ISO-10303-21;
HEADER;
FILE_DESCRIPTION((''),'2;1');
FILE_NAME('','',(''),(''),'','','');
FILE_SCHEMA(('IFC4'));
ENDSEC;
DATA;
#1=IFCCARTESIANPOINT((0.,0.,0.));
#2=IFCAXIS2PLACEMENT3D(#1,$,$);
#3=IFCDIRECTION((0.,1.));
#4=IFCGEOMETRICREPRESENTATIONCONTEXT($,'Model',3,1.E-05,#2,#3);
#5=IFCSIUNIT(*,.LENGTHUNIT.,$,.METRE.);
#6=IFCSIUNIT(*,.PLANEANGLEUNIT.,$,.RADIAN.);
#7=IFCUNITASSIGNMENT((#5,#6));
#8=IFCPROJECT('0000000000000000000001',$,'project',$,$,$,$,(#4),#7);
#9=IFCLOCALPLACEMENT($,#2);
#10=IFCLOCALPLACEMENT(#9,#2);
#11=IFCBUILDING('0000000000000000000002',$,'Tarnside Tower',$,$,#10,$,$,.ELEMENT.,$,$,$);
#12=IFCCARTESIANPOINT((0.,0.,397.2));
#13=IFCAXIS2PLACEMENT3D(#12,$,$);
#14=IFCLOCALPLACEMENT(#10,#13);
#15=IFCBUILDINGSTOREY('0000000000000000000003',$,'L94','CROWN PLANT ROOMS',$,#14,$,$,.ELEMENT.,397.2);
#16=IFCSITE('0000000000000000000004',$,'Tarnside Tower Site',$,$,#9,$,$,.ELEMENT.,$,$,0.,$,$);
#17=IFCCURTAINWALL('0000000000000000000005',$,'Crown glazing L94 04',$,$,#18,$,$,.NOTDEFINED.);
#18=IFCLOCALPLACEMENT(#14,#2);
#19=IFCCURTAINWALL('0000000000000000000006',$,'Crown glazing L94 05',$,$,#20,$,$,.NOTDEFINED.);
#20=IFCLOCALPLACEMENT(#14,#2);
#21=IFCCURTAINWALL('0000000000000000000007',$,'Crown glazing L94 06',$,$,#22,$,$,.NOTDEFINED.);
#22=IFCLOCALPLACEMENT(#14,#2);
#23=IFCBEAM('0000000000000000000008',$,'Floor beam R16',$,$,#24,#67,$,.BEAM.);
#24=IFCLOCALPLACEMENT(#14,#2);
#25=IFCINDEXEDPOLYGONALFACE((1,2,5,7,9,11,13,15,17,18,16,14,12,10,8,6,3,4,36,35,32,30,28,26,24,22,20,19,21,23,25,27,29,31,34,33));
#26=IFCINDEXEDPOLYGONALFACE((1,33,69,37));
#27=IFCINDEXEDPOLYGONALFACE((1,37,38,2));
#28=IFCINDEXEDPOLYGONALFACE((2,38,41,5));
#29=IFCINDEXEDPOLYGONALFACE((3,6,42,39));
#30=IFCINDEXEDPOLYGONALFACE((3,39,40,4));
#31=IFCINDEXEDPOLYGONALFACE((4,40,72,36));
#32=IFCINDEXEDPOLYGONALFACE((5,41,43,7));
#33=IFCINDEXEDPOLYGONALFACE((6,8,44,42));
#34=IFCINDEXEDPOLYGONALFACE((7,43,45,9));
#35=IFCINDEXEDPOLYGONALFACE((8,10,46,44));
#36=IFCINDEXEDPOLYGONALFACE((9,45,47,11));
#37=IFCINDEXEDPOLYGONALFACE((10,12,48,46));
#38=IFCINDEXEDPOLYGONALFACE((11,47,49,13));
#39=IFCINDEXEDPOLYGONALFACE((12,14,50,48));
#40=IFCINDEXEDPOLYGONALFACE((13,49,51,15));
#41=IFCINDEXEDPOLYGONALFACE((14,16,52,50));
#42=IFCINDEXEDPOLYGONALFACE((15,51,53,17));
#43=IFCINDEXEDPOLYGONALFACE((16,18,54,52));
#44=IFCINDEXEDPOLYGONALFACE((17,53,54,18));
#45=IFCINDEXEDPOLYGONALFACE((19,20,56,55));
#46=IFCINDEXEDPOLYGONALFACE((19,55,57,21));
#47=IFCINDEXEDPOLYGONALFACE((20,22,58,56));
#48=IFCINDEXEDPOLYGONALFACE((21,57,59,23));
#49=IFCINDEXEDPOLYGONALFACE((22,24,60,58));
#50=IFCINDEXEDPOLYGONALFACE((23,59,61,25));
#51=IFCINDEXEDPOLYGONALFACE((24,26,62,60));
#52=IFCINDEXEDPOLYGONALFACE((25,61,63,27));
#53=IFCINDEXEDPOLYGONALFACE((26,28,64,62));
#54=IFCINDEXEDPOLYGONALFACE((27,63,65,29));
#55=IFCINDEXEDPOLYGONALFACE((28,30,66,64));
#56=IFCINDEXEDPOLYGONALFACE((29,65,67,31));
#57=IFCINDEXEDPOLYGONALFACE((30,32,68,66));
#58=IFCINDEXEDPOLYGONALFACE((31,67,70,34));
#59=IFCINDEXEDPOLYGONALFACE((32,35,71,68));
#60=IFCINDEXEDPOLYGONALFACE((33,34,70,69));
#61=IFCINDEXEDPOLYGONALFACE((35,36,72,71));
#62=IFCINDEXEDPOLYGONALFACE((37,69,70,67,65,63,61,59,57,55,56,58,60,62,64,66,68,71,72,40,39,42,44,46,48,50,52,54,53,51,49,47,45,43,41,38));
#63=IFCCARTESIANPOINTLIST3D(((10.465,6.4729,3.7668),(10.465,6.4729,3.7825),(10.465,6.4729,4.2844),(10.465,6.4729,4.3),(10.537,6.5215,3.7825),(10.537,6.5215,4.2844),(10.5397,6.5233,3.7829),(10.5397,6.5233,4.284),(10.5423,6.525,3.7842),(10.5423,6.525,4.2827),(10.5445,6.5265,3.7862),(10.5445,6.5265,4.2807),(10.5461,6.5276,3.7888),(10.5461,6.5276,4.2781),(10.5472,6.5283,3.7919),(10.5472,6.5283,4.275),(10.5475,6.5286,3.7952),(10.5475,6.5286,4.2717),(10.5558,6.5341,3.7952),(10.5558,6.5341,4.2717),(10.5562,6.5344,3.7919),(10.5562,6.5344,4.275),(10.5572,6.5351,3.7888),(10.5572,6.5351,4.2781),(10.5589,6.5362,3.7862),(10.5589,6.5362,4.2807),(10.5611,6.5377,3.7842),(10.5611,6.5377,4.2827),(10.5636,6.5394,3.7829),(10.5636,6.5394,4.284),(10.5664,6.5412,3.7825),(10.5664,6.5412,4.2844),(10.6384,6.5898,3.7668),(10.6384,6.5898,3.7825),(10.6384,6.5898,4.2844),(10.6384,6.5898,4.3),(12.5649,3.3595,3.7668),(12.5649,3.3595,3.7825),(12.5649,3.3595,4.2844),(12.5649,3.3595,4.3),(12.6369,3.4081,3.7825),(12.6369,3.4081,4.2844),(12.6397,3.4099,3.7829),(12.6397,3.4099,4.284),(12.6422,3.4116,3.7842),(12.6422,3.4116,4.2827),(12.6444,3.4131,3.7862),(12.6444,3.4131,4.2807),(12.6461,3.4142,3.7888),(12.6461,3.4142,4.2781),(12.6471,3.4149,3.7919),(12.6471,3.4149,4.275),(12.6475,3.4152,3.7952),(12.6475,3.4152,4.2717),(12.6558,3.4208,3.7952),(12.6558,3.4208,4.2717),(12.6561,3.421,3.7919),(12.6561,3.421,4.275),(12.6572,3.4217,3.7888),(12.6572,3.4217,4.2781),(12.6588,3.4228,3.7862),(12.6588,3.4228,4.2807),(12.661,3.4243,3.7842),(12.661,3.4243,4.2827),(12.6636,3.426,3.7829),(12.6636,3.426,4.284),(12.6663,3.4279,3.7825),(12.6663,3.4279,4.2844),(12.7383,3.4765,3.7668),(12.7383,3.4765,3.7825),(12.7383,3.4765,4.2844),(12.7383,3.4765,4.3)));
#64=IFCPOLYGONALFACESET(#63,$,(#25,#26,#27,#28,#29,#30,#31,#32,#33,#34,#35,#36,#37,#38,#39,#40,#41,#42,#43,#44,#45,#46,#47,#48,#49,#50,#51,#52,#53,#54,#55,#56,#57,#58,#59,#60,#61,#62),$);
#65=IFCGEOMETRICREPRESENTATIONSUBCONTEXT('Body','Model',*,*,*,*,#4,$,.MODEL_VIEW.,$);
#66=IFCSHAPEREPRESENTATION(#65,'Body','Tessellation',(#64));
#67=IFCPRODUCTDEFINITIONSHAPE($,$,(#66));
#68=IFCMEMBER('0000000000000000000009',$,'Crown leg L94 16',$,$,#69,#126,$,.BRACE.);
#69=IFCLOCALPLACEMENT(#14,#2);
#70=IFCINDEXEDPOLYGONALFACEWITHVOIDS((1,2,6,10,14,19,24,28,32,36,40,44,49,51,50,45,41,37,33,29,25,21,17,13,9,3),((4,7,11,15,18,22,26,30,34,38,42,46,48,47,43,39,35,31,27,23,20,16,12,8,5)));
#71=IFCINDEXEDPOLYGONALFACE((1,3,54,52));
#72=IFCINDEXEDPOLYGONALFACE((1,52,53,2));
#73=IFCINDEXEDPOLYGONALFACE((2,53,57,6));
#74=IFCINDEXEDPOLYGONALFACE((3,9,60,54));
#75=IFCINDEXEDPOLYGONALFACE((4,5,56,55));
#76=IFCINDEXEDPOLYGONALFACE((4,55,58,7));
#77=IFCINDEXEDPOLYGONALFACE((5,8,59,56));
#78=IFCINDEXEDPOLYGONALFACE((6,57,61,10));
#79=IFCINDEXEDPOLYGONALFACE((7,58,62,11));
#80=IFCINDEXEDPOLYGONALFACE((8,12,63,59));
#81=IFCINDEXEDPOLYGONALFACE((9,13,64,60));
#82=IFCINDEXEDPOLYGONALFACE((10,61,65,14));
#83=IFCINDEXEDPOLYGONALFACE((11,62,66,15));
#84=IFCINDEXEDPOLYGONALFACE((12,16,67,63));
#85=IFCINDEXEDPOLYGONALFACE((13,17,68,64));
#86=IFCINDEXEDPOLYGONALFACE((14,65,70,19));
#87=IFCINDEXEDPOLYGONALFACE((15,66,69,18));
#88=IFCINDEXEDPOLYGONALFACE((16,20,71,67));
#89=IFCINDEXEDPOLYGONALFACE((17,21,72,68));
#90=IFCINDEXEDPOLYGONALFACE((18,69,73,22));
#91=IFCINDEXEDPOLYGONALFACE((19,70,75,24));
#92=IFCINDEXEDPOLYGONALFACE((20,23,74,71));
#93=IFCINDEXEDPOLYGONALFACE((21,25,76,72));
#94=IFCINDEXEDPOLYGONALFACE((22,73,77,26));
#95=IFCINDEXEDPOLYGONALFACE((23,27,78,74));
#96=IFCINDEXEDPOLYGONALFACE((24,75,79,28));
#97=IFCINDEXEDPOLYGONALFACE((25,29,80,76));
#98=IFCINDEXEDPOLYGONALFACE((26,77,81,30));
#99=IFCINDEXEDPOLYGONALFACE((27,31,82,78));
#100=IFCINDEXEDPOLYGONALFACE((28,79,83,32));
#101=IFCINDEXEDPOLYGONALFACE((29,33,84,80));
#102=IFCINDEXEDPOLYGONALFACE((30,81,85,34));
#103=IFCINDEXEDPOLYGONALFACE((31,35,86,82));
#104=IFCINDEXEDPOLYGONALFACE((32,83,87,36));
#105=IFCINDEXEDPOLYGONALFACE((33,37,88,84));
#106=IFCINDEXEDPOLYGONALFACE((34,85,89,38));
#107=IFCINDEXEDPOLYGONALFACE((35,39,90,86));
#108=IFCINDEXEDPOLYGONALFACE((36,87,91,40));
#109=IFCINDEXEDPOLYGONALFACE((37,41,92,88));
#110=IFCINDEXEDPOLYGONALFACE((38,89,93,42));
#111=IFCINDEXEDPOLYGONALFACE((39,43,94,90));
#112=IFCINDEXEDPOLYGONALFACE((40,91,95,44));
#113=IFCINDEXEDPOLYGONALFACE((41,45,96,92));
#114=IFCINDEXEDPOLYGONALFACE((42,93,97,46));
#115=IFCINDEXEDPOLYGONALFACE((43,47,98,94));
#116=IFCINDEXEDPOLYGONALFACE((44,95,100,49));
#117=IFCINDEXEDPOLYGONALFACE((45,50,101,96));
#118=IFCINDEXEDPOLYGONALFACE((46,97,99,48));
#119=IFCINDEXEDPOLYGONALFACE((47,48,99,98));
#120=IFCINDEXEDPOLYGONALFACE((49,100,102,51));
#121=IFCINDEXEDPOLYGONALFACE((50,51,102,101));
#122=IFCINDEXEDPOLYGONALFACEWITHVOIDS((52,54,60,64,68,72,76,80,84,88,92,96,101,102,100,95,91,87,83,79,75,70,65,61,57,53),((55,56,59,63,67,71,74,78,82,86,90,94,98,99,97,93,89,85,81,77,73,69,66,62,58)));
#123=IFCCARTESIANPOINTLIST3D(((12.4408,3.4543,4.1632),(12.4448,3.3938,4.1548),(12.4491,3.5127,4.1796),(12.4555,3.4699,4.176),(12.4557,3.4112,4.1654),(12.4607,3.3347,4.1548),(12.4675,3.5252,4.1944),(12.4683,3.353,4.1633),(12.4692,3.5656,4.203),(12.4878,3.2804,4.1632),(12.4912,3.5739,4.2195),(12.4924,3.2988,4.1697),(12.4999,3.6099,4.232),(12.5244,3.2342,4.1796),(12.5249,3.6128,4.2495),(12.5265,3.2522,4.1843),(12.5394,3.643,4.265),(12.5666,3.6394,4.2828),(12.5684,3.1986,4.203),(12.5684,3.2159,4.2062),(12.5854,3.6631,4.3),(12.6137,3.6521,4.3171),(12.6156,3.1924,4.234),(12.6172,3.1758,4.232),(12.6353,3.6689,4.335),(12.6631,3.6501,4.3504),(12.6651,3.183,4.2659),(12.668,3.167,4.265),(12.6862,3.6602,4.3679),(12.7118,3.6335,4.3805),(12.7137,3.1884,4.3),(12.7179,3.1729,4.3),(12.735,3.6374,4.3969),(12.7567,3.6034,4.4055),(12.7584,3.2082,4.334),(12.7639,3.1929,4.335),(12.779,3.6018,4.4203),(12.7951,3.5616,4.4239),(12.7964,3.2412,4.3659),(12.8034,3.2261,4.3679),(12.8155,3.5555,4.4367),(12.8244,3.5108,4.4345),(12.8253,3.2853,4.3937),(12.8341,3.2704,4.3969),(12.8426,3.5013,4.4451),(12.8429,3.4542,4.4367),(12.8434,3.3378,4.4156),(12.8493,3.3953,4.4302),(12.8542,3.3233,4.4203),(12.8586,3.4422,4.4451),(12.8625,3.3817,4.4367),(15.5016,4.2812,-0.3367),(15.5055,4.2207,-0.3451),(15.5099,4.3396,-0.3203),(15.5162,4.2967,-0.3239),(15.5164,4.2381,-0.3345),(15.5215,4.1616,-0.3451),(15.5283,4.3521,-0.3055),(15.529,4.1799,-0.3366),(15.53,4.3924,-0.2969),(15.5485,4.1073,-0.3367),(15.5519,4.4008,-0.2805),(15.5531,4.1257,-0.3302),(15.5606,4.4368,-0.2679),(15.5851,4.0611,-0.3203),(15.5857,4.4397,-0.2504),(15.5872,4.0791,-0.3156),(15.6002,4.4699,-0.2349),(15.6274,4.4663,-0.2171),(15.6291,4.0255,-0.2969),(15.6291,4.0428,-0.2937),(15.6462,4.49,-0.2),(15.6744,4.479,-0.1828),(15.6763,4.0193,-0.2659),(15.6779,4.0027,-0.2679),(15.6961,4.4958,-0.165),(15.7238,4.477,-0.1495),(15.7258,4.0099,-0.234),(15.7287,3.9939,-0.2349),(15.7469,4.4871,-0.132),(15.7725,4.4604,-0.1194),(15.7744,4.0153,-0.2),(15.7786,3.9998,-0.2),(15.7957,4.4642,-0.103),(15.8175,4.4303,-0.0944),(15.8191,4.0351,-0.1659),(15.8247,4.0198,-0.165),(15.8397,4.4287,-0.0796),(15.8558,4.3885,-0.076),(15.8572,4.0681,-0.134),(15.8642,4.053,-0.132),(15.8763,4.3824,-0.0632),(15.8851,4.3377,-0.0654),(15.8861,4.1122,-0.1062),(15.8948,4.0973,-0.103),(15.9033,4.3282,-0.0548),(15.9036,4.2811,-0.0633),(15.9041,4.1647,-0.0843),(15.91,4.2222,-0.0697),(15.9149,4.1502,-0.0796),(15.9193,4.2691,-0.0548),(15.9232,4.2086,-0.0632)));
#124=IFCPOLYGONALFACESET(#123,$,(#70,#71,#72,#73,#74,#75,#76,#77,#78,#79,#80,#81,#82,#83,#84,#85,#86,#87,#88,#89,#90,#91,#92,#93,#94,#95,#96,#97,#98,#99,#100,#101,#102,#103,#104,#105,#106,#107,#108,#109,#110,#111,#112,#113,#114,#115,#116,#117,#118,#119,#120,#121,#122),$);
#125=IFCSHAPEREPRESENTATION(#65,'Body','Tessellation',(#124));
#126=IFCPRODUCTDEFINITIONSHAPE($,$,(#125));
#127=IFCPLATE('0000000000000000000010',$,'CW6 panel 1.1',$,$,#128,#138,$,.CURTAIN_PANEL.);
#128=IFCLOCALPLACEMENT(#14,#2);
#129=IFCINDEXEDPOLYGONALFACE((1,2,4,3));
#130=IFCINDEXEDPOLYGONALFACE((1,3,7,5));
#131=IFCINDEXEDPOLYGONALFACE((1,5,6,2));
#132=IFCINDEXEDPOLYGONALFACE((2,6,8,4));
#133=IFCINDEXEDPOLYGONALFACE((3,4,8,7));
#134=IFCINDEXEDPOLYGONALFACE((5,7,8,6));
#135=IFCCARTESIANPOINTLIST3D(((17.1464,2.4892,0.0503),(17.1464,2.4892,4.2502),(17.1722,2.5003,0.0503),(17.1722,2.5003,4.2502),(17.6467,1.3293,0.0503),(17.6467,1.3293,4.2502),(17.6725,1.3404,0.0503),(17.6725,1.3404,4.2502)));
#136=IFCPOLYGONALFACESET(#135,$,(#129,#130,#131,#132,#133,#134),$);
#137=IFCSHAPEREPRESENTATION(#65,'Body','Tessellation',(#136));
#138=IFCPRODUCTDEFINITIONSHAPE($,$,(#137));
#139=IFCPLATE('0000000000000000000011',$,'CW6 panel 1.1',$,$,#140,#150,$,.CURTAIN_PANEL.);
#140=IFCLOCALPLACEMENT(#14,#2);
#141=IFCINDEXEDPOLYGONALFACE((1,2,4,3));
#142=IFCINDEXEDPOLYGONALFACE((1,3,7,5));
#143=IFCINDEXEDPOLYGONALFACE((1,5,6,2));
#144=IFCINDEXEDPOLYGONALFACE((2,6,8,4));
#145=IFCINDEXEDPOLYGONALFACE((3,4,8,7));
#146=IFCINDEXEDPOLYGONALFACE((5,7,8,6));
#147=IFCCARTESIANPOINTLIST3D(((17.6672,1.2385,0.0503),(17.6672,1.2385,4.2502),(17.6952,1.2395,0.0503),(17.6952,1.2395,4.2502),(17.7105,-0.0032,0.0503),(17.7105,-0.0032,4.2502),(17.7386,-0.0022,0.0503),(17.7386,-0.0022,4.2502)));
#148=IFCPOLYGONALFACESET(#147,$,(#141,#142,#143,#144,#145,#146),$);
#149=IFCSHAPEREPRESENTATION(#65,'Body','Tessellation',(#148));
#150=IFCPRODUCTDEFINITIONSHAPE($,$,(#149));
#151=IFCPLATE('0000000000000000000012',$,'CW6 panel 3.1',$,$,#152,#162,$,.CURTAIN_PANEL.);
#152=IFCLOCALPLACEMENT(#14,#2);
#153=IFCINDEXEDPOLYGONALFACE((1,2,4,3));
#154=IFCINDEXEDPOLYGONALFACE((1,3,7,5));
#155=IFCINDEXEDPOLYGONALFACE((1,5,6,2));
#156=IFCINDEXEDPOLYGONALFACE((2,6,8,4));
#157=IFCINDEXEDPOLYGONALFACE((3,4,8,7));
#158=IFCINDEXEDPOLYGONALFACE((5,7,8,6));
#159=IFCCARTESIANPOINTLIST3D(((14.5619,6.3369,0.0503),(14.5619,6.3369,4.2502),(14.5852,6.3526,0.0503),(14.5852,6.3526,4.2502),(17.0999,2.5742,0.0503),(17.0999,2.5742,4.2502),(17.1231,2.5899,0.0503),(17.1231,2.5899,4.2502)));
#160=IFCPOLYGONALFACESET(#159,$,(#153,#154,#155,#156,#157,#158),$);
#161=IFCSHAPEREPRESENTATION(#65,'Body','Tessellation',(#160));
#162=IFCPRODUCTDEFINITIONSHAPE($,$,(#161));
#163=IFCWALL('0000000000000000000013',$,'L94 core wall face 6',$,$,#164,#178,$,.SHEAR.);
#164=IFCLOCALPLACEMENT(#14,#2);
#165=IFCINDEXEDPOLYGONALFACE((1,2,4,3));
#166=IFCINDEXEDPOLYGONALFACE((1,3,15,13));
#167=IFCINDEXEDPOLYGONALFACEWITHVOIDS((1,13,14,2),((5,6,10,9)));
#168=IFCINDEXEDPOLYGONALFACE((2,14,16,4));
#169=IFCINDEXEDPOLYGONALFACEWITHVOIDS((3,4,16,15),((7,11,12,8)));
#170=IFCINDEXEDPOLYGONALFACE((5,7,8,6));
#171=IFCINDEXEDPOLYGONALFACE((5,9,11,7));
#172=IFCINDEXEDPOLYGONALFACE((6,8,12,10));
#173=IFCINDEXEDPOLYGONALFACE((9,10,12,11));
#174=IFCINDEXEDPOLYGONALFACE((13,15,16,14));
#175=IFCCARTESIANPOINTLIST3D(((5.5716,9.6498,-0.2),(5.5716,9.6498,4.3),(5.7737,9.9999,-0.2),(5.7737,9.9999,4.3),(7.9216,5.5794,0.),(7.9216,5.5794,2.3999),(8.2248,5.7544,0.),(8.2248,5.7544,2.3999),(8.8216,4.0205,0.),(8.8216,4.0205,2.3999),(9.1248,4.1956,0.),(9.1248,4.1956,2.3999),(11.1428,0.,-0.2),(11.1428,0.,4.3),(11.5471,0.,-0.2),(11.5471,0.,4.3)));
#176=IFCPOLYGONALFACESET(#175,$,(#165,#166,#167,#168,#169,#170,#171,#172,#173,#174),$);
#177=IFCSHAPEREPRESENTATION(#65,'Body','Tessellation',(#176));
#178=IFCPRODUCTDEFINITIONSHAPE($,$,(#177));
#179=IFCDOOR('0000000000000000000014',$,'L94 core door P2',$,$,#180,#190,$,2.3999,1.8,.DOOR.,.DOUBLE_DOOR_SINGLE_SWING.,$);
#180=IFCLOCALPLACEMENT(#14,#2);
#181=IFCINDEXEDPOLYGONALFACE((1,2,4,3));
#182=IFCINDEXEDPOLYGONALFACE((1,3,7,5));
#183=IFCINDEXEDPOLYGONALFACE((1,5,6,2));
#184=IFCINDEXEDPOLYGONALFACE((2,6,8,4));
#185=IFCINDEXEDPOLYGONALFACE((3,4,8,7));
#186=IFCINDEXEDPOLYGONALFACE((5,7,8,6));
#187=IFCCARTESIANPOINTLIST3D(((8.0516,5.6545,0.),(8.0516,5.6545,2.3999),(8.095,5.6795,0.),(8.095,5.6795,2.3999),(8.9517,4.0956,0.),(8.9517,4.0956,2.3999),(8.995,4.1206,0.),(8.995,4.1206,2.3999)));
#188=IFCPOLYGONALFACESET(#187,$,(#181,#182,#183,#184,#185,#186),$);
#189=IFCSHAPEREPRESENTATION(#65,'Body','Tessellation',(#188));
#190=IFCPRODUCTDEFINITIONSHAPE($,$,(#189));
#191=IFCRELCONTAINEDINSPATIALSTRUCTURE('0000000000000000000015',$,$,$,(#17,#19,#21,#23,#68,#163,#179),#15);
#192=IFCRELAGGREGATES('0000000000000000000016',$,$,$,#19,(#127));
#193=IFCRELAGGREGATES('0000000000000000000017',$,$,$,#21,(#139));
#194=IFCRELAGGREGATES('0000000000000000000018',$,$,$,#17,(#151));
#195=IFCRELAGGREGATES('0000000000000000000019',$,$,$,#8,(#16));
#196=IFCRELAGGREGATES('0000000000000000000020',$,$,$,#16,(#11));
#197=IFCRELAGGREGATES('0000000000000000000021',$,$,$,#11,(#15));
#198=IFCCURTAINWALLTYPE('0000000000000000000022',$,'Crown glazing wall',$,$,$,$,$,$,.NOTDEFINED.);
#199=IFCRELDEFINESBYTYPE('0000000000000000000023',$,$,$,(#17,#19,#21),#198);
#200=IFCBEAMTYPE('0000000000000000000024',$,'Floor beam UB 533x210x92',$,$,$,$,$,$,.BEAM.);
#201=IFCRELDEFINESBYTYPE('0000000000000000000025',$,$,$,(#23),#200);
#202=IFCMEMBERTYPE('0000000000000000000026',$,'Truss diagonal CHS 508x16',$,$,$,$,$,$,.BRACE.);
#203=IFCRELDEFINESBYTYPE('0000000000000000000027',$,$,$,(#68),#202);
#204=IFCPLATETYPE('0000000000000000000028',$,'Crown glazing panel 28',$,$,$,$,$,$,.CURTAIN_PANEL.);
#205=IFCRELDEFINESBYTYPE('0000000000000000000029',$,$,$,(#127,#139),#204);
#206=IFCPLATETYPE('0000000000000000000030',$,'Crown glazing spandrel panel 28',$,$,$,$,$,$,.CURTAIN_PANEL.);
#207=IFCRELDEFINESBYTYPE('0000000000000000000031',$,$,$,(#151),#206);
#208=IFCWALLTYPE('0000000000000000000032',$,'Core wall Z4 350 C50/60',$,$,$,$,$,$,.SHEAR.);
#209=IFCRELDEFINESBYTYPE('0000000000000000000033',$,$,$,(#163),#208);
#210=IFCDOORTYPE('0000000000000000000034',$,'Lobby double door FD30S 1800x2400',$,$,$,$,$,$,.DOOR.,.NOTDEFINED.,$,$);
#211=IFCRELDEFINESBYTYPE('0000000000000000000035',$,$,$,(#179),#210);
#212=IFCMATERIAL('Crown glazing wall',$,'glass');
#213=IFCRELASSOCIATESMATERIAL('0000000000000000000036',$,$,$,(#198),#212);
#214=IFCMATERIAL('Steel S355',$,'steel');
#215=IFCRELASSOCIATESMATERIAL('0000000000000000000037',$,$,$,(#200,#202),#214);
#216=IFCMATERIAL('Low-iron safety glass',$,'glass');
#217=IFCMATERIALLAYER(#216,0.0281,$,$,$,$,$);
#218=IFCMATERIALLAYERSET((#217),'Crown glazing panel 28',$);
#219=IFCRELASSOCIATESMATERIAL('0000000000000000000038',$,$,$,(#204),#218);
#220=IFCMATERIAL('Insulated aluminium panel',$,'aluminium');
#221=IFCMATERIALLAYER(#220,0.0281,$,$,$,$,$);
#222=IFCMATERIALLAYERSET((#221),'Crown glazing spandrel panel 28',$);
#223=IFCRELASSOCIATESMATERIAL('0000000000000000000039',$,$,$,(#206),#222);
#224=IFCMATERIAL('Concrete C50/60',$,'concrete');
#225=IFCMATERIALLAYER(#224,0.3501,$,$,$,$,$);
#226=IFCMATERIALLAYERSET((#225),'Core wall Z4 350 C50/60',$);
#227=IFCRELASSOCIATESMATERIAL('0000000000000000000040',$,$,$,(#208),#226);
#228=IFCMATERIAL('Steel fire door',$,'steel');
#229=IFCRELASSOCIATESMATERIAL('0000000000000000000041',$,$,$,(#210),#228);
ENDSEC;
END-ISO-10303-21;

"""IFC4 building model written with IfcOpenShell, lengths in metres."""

from ifc_helpers import new_model, si_unit, direction, frame, frame_2d, origin, origin_2d, place, context, subcontext, project, spatial, polyline, rectangle, hollow_circle, i_section, outline, extrude, material, layer, layer_set, material_profile, profile_set, type_object, element, fill, aggregate, save


model = new_model("IFC4")

# Units and contexts
model_context = context("Model", 3, precision=1e-05, world=origin(), true_north=direction((0.0, 1.0)))
body_context = subcontext(model_context, "Body", "Model", "MODEL_VIEW")
ifc_project = project(units=[si_unit("LENGTHUNIT", "METRE"), si_unit("PLANEANGLEUNIT", "RADIAN")], contexts=[model_context])

# Site, building, storey
site_placement = place(None, origin())
site = spatial("IfcSite", under=ifc_project, at=site_placement, Name="Tarnside Tower Site", CompositionType="ELEMENT", RefElevation=0.0)
building_placement = place(site_placement, origin())
building = spatial("IfcBuilding", under=site, at=building_placement, Name="Tarnside Tower", CompositionType="ELEMENT")
storey_placement = place(building_placement, frame((0.0, 0.0, 397.2)))
storey = spatial("IfcBuildingStorey", under=building, at=storey_placement, Name="L94", Description="CROWN PLANT ROOMS", CompositionType="ELEMENT", Elevation=397.2)

# Curtain wall
ifc_material_1 = material(Name="Crown glazing wall", Category="glass")
curtain_wall_type = type_object("IfcCurtainWallType", Name="Crown glazing wall", PredefinedType="NOTDEFINED", material=ifc_material_1)
curtain_wall_1_placement = place(storey_placement, origin())
curtain_wall_1 = element("IfcCurtainWall", 1, at=curtain_wall_1_placement, inside=storey, type_object=curtain_wall_type, Name="Crown glazing L94 04", PredefinedType="NOTDEFINED")

# Curtain wall
curtain_wall_2_placement = place(storey_placement, origin())
curtain_wall_2 = element("IfcCurtainWall", 2, at=curtain_wall_2_placement, inside=storey, type_object=curtain_wall_type, Name="Crown glazing L94 05", PredefinedType="NOTDEFINED")

# Curtain wall
curtain_wall_3_placement = place(storey_placement, origin())
curtain_wall_3 = element("IfcCurtainWall", 3, at=curtain_wall_3_placement, inside=storey, type_object=curtain_wall_type, Name="Crown glazing L94 06", PredefinedType="NOTDEFINED")

# Beam
ifc_material_2 = material(Name="Steel S355", Category="steel")
ifc_material_profile_1 = material_profile(ifc_material_2, i_section(OverallWidth=0.2092, OverallDepth=0.5332, WebThickness=0.01, FlangeThickness=0.0156, FilletRadius=0.0127, at=origin_2d()), Name="UB 533x210x92")
ifc_profile_set_1 = profile_set([ifc_material_profile_1], Name="Steel S355")
beam_type_1 = type_object("IfcBeamType", Name="Floor beam UB 533x210x92", PredefinedType="BEAM", material=ifc_profile_set_1)
beam_1_placement = place(storey_placement, frame((12.6516, 3.418, 4.0334), z_axis=(-0.559178, 0.829048, 0.0), x_axis=(-0.829048, -0.559178, 0.0)))
element("IfcBeam", 4, at=beam_1_placement, inside=storey, type_object=beam_type_1, Name="Floor beam R16", PredefinedType="BEAM", context=body_context, shape_type="SweptSolid", body=[
    extrude(i_section(OverallWidth=0.2092, OverallDepth=0.5332, WebThickness=0.01, FlangeThickness=0.0156, FilletRadius=0.0127, at=origin_2d()), origin(), (0.0, 0.0, 1.0), 3.7554),
])

# Member
ifc_material_profile_2 = material_profile(ifc_material_2, hollow_circle(Radius=0.2539, WallThickness=0.0161, at=origin_2d()), Name="CHS 508x16")
ifc_profile_set_2 = profile_set([ifc_material_profile_2], Name="Steel S355")
member_type_1 = type_object("IfcMemberType", Name="Truss diagonal CHS 508x16", PredefinedType="BRACE", material=ifc_profile_set_2)
member_1_placement = place(storey_placement, frame((15.7124, 4.2449, -0.2), z_axis=(-0.556028, -0.150217, 0.817477), x_axis=(0.26081, -0.96539, 0.0)))
element("IfcMember", 5, at=member_1_placement, inside=storey, type_object=member_type_1, Name="Crown leg L94 16", PredefinedType="BRACE", context=body_context, shape_type="SweptSolid", body=[
    extrude(hollow_circle(Radius=0.2539, WallThickness=0.0161, at=origin_2d()), origin(), (0.0, 0.0, 1.0), 5.5046),
])

# Plates
ifc_material_3 = material(Name="Low-iron safety glass", Category="glass")
ifc_layer_1 = layer(ifc_material_3, 0.0281)
ifc_layer_set_1 = layer_set([ifc_layer_1], Name="Crown glazing panel 28")
plate_type_1 = type_object("IfcPlateType", Name="Crown glazing panel 28", PredefinedType="CURTAIN_PANEL", material=ifc_layer_set_1)
plate_1_placement = place(storey_placement, frame((17.4094, 1.9148, 0.0503), z_axis=(0.0, 0.0, 1.0), x_axis=(0.39608, -0.918216, 0.0)))
plate_1 = element("IfcPlate", 6, at=plate_1_placement, type_object=plate_type_1, Name="CW6 panel 1.1", PredefinedType="CURTAIN_PANEL", context=body_context, shape_type="SweptSolid", body=[
    extrude(rectangle(XDim=1.2632, YDim=0.0281, at=origin_2d()), origin(), (0.0, 0.0, 1.0), 4.2),
])
aggregate(curtain_wall_2, [plate_1])
plate_2_placement = place(storey_placement, frame((17.7029, 0.6182, 0.0503), z_axis=(0.0, 0.0, 1.0), x_axis=(0.034899, -0.999391, 0.0)))
plate_2 = element("IfcPlate", 7, at=plate_2_placement, type_object=plate_type_1, Name="CW6 panel 1.1", PredefinedType="CURTAIN_PANEL", context=body_context, shape_type="SweptSolid", body=[
    extrude(rectangle(XDim=1.2424, YDim=0.0281, at=origin_2d()), origin(), (0.0, 0.0, 1.0), 4.2),
])
aggregate(curtain_wall_3, [plate_2])
ifc_material_4 = material(Name="Insulated aluminium panel", Category="aluminium")
ifc_layer_2 = layer(ifc_material_4, 0.0281)
ifc_layer_set_2 = layer_set([ifc_layer_2], Name="Crown glazing spandrel panel 28")
plate_type_2 = type_object("IfcPlateType", Name="Crown glazing spandrel panel 28", PredefinedType="CURTAIN_PANEL", material=ifc_layer_set_2)
plate_3_placement = place(storey_placement, frame((15.8425, 4.4634, 0.0503), z_axis=(0.0, 0.0, 1.0), x_axis=(0.559193, -0.829038, 0.0)))
plate_3 = element("IfcPlate", 8, at=plate_3_placement, type_object=plate_type_2, Name="CW6 panel 3.1", PredefinedType="CURTAIN_PANEL", context=body_context, shape_type="SweptSolid", body=[
    extrude(rectangle(XDim=4.5386, YDim=0.0281, at=origin_2d()), origin(), (0.0, 0.0, 1.0), 4.2),
])
aggregate(curtain_wall_1, [plate_3])

# Wall, opening, door
ifc_material_5 = material(Name="Concrete C50/60", Category="concrete")
ifc_layer_3 = layer(ifc_material_5, 0.3501)
ifc_layer_set_3 = layer_set([ifc_layer_3], Name="Core wall Z4 350 C50/60")
wall_type_1 = type_object("IfcWallType", Name="Core wall Z4 350 C50/60", PredefinedType="SHEAR", material=ifc_layer_set_3)
wall_1_placement = place(storey_placement, frame((11.345, 0.0, -0.2), z_axis=(0.0, 0.0, 1.0), x_axis=(-0.499995, 0.866028, 0.0)))
wall_1 = element("IfcWall", 9, at=wall_1_placement, inside=storey, type_object=wall_type_1, Name="L94 core wall face 6", PredefinedType="SHEAR", context=body_context, shape_type="SweptSolid", body=[
    extrude(outline(polyline([(-0.1011, -0.175), (11.4458, -0.175), (11.2437, 0.175), (0.1011, 0.175), (-0.1011, -0.175)])), origin(), (0.0, 0.0, 1.0), 4.5),
])
opening_1_placement = place(wall_1_placement, frame((4.7437, 0.0, 0.2)))
opening_1 = element("IfcOpeningElement", 10, at=opening_1_placement, cuts=wall_1, PredefinedType="OPENING", context=body_context, shape_type="SweptSolid", body=[
    extrude(rectangle(XDim=1.8, YDim=2.3999, at=frame_2d((0.8999, 1.2))), frame((0.0, 0.1851, 0.0), z_axis=(0.0, -1.0, 0.0), x_axis=(1.0, 0.0, 0.0)), (0.0, 0.0, 1.0), 0.3701),
])
ifc_material_6 = material(Name="Steel fire door", Category="steel")
door_type_1 = type_object("IfcDoorType", Name="Lobby double door FD30S 1800x2400", OperationType="NOTDEFINED", PredefinedType="DOOR", material=ifc_material_6)
door_1_placement = place(opening_1_placement, origin())
door_1 = element("IfcDoor", 11, at=door_1_placement, inside=storey, type_object=door_type_1, Name="L94 core door P2", OperationType="DOUBLE_DOOR_SINGLE_SWING", OverallHeight=2.3999, OverallWidth=1.8, PredefinedType="DOOR", context=body_context, shape_type="SweptSolid", body=[
    extrude(rectangle(XDim=1.8, YDim=2.3999, at=frame_2d((0.8999, 1.2))), frame((0.0, 0.0249, 0.0), z_axis=(0.0, -1.0, 0.0), x_axis=(1.0, 0.0, 0.0)), (0.0, 0.0, 1.0), 0.05),
])
fill(opening_1, door_1)

save(model, "model.ifc")
